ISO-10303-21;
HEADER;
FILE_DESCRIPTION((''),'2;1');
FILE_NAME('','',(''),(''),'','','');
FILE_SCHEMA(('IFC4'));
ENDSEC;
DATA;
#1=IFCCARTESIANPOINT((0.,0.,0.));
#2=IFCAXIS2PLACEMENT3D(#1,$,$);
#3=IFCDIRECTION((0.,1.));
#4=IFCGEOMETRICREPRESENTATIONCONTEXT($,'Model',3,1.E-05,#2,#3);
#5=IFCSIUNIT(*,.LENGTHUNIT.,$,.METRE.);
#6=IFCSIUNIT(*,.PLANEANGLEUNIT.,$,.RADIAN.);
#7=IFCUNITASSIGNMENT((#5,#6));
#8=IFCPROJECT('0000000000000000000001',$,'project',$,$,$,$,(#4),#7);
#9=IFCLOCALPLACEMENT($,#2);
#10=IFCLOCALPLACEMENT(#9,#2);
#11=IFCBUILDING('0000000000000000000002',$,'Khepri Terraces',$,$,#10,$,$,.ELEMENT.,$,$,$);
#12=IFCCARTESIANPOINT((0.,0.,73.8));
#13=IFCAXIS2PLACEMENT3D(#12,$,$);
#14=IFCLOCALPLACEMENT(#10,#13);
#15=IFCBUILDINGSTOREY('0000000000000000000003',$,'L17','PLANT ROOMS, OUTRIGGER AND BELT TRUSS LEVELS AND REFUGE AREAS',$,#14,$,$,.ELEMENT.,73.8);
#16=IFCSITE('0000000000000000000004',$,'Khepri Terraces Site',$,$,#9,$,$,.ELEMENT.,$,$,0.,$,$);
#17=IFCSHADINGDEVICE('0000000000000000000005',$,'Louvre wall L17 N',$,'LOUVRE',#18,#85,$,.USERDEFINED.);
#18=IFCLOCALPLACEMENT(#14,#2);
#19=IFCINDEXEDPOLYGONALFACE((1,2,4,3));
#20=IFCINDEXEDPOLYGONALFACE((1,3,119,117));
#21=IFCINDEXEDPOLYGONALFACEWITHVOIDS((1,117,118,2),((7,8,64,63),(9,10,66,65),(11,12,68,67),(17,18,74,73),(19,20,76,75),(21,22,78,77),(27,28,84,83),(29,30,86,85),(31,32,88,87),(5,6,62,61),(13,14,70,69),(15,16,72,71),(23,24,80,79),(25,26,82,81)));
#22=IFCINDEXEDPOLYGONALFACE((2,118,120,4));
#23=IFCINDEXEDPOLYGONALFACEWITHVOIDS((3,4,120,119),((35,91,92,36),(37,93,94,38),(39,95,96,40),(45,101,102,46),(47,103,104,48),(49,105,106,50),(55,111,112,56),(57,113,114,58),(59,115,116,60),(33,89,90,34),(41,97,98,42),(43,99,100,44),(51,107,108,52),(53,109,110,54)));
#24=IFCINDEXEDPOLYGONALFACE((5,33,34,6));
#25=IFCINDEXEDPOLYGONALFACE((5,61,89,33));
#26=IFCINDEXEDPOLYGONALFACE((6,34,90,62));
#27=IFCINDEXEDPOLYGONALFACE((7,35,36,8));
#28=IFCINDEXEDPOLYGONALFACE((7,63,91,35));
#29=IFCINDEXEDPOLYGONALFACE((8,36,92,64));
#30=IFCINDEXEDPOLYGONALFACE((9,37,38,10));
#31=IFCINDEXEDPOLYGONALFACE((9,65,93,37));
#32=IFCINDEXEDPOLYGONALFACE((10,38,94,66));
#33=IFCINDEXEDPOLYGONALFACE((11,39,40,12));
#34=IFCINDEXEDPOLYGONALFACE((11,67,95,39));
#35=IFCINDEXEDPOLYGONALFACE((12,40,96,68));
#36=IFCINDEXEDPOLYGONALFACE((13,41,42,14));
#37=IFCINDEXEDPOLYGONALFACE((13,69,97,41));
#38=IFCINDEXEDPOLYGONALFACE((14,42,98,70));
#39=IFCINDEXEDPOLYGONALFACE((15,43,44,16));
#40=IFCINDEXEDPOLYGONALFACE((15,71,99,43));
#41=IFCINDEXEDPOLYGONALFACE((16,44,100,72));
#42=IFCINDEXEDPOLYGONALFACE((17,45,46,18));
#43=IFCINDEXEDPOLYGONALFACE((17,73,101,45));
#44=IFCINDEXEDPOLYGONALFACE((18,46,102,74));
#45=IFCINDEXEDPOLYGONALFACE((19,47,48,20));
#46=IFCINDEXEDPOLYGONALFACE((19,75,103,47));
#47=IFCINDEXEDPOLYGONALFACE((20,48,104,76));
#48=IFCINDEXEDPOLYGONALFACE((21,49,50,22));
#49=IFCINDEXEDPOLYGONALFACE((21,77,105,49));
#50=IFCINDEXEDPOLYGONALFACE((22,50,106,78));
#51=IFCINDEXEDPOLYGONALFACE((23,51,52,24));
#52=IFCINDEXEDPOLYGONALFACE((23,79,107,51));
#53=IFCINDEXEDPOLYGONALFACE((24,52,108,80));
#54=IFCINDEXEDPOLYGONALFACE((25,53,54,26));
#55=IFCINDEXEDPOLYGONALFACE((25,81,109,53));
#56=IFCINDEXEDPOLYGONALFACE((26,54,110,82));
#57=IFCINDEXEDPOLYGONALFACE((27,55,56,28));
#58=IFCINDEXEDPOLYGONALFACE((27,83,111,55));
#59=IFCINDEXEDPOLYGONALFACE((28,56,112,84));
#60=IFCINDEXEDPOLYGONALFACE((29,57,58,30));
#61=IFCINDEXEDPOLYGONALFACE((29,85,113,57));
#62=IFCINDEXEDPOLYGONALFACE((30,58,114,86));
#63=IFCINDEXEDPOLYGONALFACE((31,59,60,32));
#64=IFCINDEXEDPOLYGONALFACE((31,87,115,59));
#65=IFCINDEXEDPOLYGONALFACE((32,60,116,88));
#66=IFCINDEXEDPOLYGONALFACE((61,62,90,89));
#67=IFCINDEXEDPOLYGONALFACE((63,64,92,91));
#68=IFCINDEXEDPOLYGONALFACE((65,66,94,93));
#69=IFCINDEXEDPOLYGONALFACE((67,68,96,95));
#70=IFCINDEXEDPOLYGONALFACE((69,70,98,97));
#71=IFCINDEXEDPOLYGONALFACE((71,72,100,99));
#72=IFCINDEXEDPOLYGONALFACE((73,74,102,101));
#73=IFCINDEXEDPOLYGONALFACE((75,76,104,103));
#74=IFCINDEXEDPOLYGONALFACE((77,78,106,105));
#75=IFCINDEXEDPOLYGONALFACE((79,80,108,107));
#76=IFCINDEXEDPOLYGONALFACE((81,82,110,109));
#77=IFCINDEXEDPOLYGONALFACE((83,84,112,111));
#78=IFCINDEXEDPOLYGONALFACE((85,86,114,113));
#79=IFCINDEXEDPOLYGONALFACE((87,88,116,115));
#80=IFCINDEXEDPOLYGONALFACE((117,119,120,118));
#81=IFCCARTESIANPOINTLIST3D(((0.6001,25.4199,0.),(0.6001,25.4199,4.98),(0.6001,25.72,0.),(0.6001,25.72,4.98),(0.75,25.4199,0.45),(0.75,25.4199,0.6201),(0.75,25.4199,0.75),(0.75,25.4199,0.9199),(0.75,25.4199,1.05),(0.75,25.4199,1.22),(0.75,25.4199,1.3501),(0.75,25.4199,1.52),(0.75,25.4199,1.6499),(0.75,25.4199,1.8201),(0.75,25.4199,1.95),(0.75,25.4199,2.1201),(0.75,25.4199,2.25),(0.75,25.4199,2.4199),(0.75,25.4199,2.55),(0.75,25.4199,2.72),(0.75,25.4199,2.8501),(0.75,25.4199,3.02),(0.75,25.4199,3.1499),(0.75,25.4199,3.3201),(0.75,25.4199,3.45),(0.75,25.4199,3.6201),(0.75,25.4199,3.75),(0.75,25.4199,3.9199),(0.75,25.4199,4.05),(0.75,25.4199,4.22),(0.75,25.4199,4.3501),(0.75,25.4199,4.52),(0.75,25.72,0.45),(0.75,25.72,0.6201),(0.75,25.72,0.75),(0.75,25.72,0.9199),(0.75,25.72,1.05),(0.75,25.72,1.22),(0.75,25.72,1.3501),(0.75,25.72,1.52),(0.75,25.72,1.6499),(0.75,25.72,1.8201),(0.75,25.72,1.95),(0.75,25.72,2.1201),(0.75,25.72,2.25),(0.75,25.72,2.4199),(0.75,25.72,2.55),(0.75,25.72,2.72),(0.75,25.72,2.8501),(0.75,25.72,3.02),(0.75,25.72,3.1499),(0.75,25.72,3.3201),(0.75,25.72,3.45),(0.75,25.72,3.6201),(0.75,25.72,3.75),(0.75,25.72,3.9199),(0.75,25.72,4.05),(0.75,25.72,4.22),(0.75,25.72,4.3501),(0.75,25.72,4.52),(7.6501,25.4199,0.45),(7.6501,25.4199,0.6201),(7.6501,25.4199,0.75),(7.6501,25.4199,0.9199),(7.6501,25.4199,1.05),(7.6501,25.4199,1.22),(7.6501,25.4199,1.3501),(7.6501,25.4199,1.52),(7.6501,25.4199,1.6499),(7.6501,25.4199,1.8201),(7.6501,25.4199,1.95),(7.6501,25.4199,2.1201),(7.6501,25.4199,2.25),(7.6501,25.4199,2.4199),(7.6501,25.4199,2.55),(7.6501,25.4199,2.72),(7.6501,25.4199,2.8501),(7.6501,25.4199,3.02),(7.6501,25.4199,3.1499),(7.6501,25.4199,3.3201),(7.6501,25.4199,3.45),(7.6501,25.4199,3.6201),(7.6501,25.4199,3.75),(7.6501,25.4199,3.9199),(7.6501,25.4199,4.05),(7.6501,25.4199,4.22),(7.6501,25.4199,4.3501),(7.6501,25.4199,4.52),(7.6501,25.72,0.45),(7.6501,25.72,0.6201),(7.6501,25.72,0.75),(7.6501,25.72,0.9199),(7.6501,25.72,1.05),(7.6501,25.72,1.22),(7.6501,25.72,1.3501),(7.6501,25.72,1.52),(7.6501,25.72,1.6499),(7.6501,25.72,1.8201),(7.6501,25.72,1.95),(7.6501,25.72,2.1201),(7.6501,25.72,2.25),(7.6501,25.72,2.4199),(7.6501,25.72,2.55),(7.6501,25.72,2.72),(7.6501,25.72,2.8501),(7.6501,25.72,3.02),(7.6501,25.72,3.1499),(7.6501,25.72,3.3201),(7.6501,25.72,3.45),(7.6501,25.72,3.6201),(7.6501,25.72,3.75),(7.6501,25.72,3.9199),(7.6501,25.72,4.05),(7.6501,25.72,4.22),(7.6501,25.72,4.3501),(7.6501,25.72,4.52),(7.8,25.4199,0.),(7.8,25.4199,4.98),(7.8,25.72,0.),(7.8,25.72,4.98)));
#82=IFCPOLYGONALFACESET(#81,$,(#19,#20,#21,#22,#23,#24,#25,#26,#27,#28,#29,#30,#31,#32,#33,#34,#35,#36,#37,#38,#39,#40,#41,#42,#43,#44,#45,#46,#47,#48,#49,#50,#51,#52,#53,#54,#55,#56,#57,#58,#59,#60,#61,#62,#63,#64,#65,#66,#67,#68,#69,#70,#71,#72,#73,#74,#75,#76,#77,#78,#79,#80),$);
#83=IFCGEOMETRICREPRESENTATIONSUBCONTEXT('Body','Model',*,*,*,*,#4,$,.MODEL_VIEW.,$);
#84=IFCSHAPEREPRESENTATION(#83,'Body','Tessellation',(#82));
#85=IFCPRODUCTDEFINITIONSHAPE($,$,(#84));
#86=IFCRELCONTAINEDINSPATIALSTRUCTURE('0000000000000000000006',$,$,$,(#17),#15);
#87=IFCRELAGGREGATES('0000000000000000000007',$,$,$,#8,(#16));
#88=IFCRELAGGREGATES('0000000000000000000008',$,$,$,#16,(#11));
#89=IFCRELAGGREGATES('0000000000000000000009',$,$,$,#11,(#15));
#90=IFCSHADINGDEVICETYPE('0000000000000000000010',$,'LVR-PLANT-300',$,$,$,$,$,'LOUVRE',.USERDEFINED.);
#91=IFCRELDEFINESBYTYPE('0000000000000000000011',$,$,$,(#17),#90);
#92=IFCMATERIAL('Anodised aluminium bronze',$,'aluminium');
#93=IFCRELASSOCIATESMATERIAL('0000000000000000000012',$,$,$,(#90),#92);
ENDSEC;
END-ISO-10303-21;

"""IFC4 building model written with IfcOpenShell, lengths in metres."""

from ifc_helpers import new_model, si_unit, direction, frame, origin, place, context, subcontext, project, spatial, polyline, outline, extrude, material, type_object, element, save


model = new_model("IFC4")

# Units and contexts
model_context = context("Model", 3, precision=1e-05, world=origin(), true_north=direction((0.0, 1.0)))
body_context = subcontext(model_context, "Body", "Model", "MODEL_VIEW")
ifc_project = project(units=[si_unit("LENGTHUNIT", "METRE"), si_unit("PLANEANGLEUNIT", "RADIAN")], contexts=[model_context])

# Site, building, storey
site_placement = place(None, origin())
site = spatial("IfcSite", under=ifc_project, at=site_placement, Name="Khepri Terraces Site", CompositionType="ELEMENT", RefElevation=0.0)
building_placement = place(site_placement, origin())
building = spatial("IfcBuilding", under=site, at=building_placement, Name="Khepri Terraces", CompositionType="ELEMENT")
storey_placement = place(building_placement, frame((0.0, 0.0, 73.8)))
storey = spatial("IfcBuildingStorey", under=building, at=storey_placement, Name="L17", Description="PLANT ROOMS, OUTRIGGER AND BELT TRUSS LEVELS AND REFUGE AREAS", CompositionType="ELEMENT", Elevation=73.8)

# Shading device
ifc_material_1 = material(Name="Anodised aluminium bronze", Category="aluminium")
shading_device_type = type_object("IfcShadingDeviceType", Name="LVR-PLANT-300", ElementType="LOUVRE", PredefinedType="USERDEFINED", material=ifc_material_1)
shading_device_placement = place(storey_placement, frame((7.8, 25.4199, 0.0), z_axis=(0.0, 1.0, 0.0), x_axis=(-1.0, 0.0, 0.0)))
element("IfcShadingDevice", 1, at=shading_device_placement, inside=storey, type_object=shading_device_type, Name="Louvre wall L17 N", ObjectType="LOUVRE", PredefinedType="USERDEFINED", context=body_context, shape_type="SweptSolid", body=[
    extrude(outline(polyline([(0.0, 0.0), (7.2, 0.0), (7.2, 4.98), (0.0, 4.98), (0.0, 0.0)]), holes=[polyline([(0.1499, 0.45), (7.05, 0.45), (7.05, 0.6201), (0.1499, 0.6201), (0.1499, 0.45)]), polyline([(0.1499, 0.75), (7.05, 0.75), (7.05, 0.9199), (0.1499, 0.9199), (0.1499, 0.75)]), polyline([(0.1499, 1.05), (7.05, 1.05), (7.05, 1.22), (0.1499, 1.22), (0.1499, 1.05)]), polyline([(0.1499, 1.3501), (7.05, 1.3501), (7.05, 1.52), (0.1499, 1.52), (0.1499, 1.3501)]), polyline([(0.1499, 1.6499), (7.05, 1.6499), (7.05, 1.8201), (0.1499, 1.8201), (0.1499, 1.6499)]), polyline([(0.1499, 1.95), (7.05, 1.95), (7.05, 2.1201), (0.1499, 2.1201), (0.1499, 1.95)]), polyline([(0.1499, 2.25), (7.05, 2.25), (7.05, 2.4199), (0.1499, 2.4199), (0.1499, 2.25)]), polyline([(0.1499, 2.55), (7.05, 2.55), (7.05, 2.72), (0.1499, 2.72), (0.1499, 2.55)]), polyline([(0.1499, 2.8501), (7.05, 2.8501), (7.05, 3.02), (0.1499, 3.02), (0.1499, 2.8501)]), polyline([(0.1499, 3.1499), (7.05, 3.1499), (7.05, 3.3201), (0.1499, 3.3201), (0.1499, 3.1499)]), polyline([(0.1499, 3.45), (7.05, 3.45), (7.05, 3.6201), (0.1499, 3.6201), (0.1499, 3.45)]), polyline([(0.1499, 3.75), (7.05, 3.75), (7.05, 3.9199), (0.1499, 3.9199), (0.1499, 3.75)]), polyline([(0.1499, 4.05), (7.05, 4.05), (7.05, 4.22), (0.1499, 4.22), (0.1499, 4.05)]), polyline([(0.1499, 4.3501), (7.05, 4.3501), (7.05, 4.52), (0.1499, 4.52), (0.1499, 4.3501)])]), origin(), (0.0, 0.0, 1.0), 0.3),
])

save(model, "model.ifc")
